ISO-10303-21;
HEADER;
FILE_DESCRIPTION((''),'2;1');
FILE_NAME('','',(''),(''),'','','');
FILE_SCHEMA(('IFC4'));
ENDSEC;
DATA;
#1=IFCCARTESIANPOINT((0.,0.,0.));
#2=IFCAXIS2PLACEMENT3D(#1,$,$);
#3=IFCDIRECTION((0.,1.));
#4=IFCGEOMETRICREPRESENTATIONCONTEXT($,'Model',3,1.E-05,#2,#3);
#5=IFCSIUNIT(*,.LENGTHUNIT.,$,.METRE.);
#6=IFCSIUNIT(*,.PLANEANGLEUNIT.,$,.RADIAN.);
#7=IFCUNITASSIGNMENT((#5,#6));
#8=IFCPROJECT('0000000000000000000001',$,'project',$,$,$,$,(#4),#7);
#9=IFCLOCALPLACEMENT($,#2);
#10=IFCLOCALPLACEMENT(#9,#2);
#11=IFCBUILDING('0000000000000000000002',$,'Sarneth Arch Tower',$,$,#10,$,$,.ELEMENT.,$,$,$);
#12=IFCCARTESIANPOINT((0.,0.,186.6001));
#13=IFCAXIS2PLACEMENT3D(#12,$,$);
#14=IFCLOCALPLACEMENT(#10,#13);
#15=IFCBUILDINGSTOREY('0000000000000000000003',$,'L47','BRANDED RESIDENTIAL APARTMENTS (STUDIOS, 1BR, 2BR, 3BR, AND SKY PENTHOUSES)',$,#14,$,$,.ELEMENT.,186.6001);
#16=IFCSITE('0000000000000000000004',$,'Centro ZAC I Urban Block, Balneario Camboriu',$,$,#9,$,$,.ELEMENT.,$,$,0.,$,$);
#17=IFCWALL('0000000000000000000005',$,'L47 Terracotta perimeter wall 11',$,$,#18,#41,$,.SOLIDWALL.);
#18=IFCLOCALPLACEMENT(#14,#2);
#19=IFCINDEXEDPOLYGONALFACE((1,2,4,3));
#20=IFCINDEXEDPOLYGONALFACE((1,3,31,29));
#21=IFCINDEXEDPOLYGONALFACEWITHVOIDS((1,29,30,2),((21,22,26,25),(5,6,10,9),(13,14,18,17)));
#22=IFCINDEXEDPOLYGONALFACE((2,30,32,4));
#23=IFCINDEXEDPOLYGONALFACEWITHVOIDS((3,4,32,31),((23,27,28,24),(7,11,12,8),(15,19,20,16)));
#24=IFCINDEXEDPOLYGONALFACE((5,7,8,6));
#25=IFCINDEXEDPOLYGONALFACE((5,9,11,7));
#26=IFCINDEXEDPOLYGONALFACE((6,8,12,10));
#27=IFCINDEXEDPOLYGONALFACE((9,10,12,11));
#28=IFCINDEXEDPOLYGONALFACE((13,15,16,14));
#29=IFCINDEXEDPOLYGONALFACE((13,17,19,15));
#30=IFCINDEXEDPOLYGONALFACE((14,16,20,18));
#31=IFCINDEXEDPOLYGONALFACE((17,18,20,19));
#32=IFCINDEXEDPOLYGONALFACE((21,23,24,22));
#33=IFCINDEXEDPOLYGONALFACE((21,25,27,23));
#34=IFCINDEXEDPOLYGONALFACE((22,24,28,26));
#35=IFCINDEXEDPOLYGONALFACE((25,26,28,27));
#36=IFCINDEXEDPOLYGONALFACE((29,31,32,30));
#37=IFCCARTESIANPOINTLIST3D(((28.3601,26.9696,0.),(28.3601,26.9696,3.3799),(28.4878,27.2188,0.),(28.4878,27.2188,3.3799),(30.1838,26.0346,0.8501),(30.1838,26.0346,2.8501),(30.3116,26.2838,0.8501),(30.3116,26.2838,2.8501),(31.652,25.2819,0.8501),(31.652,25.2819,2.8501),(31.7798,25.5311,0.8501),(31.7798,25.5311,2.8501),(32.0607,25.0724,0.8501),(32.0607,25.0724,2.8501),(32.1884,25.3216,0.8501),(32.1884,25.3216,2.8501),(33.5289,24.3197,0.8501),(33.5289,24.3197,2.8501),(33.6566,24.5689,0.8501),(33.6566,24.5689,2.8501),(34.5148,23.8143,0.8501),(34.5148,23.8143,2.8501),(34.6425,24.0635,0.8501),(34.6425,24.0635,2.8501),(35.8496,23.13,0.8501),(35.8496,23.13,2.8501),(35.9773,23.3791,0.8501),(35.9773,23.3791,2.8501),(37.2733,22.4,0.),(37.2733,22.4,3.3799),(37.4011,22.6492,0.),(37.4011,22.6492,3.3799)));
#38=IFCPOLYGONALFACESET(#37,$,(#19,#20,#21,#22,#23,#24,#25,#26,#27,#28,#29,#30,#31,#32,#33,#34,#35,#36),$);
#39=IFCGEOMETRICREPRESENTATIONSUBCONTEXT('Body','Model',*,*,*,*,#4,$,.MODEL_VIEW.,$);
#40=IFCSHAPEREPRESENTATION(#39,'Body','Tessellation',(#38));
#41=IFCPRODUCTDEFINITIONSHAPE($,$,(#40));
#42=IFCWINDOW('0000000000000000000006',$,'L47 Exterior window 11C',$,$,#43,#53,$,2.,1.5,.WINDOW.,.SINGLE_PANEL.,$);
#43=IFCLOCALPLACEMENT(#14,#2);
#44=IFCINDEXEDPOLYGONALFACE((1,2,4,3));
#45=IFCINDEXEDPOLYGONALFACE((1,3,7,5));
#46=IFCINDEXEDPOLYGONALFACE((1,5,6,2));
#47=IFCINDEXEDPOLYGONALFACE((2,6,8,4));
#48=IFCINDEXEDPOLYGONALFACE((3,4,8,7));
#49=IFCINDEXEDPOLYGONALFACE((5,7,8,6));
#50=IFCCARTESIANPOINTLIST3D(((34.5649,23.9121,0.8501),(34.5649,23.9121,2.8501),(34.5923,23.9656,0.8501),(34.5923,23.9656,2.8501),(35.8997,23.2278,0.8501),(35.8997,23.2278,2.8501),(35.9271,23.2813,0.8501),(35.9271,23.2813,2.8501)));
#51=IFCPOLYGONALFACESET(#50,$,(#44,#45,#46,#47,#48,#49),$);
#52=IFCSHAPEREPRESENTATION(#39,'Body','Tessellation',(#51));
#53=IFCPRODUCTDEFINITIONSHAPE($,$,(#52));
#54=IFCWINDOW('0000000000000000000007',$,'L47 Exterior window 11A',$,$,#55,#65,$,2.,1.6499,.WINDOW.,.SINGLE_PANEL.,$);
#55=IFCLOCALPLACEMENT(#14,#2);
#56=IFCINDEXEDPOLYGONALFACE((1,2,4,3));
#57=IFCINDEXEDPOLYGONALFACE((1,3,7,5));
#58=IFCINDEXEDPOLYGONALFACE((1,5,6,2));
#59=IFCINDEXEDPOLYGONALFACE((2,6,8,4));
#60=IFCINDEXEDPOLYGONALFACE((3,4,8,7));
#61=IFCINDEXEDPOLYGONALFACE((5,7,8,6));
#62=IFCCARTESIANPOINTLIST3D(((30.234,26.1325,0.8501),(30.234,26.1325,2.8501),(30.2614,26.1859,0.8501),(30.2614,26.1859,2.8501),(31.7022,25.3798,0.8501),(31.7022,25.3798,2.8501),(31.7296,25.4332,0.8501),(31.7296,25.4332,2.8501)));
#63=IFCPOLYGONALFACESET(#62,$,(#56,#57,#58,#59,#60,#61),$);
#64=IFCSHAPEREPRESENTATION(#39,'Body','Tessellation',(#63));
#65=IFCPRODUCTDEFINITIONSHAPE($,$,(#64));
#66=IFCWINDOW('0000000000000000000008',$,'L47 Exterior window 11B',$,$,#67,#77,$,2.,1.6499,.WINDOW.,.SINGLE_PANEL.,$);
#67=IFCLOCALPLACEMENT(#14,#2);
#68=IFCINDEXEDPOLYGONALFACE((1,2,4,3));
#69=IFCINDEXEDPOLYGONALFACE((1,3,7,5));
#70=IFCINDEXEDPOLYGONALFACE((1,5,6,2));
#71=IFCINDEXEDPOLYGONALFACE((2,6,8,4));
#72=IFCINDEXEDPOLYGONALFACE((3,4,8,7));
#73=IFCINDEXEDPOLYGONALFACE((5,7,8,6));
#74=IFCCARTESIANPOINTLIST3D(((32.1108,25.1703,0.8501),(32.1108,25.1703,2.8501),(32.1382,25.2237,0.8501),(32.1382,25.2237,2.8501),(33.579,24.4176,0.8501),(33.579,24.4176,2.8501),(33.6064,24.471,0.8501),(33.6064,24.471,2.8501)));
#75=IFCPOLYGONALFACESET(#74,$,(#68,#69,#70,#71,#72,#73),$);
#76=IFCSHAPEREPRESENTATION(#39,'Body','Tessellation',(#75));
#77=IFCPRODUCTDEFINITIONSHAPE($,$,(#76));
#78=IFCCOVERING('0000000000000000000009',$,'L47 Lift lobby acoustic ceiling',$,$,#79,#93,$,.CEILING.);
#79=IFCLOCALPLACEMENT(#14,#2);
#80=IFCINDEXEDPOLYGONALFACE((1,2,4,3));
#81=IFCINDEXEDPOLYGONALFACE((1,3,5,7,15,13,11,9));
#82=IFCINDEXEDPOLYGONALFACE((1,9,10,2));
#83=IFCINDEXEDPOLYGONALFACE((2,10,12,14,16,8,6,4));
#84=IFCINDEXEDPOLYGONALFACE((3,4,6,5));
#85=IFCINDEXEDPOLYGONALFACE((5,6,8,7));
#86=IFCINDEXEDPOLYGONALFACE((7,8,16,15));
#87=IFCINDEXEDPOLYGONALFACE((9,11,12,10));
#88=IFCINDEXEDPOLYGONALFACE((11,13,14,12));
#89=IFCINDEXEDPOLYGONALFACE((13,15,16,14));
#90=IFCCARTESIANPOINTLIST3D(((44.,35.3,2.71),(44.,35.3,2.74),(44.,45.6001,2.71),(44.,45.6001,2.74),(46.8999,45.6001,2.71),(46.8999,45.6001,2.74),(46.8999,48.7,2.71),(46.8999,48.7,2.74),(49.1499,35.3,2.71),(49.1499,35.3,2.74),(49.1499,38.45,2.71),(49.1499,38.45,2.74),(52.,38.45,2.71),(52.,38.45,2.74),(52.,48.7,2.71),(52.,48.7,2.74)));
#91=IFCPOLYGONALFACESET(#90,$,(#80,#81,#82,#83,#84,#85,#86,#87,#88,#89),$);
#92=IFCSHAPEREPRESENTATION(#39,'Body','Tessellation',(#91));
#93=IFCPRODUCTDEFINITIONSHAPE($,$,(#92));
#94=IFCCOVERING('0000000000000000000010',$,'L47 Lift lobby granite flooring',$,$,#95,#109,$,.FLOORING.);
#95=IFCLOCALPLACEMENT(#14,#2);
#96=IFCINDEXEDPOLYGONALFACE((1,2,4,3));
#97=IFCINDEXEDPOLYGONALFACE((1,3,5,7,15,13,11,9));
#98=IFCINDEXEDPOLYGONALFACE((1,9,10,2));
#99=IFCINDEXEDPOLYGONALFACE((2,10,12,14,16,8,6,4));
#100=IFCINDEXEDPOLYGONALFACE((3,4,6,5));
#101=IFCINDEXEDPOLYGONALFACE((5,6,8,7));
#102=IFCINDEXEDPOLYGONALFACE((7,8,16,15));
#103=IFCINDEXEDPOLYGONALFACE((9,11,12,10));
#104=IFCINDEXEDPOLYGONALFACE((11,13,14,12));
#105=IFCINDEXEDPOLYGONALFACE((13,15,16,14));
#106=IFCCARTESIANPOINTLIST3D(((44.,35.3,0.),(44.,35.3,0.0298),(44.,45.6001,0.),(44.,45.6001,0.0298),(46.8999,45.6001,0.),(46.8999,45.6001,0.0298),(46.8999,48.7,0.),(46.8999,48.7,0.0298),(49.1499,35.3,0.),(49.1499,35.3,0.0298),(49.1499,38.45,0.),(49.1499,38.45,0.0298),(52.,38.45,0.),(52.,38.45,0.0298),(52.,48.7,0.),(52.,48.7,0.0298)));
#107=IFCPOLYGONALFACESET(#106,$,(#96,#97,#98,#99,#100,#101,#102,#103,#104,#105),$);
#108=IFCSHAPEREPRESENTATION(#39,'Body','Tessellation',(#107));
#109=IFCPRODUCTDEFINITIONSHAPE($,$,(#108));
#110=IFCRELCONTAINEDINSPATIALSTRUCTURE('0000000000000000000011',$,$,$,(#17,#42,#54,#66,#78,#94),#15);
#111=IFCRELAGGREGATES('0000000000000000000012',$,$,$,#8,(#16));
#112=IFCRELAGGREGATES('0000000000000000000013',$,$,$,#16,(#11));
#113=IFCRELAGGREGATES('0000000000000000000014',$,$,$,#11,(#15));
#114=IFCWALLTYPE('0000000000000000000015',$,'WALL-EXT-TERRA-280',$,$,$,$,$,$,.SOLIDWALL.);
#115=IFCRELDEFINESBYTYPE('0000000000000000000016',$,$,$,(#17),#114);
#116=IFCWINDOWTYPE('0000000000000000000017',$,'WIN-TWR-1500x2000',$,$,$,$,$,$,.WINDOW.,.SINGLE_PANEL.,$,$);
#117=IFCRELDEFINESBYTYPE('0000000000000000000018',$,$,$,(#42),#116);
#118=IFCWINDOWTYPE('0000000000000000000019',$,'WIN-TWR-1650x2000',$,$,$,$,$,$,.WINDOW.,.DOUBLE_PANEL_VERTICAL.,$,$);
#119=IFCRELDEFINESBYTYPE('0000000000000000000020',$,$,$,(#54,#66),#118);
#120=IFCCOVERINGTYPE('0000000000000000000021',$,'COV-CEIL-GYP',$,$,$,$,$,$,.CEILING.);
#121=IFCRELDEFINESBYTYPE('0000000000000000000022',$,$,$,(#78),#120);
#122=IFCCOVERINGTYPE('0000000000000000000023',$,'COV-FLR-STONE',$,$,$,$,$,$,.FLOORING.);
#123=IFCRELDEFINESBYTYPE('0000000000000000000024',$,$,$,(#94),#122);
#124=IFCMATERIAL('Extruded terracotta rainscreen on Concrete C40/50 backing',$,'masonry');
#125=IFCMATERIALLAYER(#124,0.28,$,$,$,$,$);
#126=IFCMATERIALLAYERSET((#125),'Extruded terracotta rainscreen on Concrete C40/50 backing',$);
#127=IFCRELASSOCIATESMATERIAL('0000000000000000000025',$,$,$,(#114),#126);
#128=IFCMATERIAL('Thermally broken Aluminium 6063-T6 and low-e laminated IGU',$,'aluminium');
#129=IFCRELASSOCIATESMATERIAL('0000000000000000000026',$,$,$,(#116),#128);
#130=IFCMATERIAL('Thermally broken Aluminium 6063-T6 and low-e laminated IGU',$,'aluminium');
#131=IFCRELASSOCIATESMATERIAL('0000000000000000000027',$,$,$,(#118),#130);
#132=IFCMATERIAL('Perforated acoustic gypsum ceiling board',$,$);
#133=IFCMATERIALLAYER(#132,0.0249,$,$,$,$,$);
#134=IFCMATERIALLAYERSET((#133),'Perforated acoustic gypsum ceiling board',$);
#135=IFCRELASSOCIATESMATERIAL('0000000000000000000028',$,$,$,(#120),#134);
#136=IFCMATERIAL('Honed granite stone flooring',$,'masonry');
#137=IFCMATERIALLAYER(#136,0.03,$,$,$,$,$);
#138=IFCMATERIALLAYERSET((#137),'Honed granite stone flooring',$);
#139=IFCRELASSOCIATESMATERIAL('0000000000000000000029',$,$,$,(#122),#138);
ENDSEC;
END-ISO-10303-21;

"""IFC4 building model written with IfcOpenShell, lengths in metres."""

from ifc_helpers import new_model, si_unit, direction, frame, frame_2d, origin, place, context, subcontext, project, spatial, polyline, rectangle, outline, extrude, material, layer, layer_set, type_object, element, fill, save


model = new_model("IFC4")

# Units and contexts
model_context = context("Model", 3, precision=1e-05, world=origin(), true_north=direction((0.0, 1.0)))
body_context = subcontext(model_context, "Body", "Model", "MODEL_VIEW")
ifc_project = project(units=[si_unit("LENGTHUNIT", "METRE"), si_unit("PLANEANGLEUNIT", "RADIAN")], contexts=[model_context])

# Site, building, storey
site_placement = place(None, origin())
site = spatial("IfcSite", under=ifc_project, at=site_placement, Name="Centro ZAC I Urban Block, Balneario Camboriu", CompositionType="ELEMENT", RefElevation=0.0)
building_placement = place(site_placement, origin())
building = spatial("IfcBuilding", under=site, at=building_placement, Name="Sarneth Arch Tower", CompositionType="ELEMENT")
storey_placement = place(building_placement, frame((0.0, 0.0, 186.6001)))
storey = spatial("IfcBuildingStorey", under=building, at=storey_placement, Name="L47", Description="BRANDED RESIDENTIAL APARTMENTS (STUDIOS, 1BR, 2BR, 3BR, AND SKY PENTHOUSES)", CompositionType="ELEMENT", Elevation=186.6001)

# Wall, openings, windows
ifc_material_1 = material(Name="Extruded terracotta rainscreen on Concrete C40/50 backing", Category="masonry")
ifc_layer_1 = layer(ifc_material_1, 0.28)
ifc_layer_set_1 = layer_set([ifc_layer_1], Name="Extruded terracotta rainscreen on Concrete C40/50 backing")
wall_type = type_object("IfcWallType", Name="WALL-EXT-TERRA-280", PredefinedType="SOLIDWALL", material=ifc_layer_set_1)
wall_placement = place(storey_placement, frame((28.4238, 27.0942, 0.0), z_axis=(0.0, 0.0, 1.0), x_axis=(0.889873, -0.456209, 0.0)))
wall = element("IfcWall", 1, at=wall_placement, inside=storey, type_object=wall_type, Name="L47 Terracotta perimeter wall 11", PredefinedType="SOLIDWALL", context=body_context, shape_type="SweptSolid", body=[
    extrude(rectangle(XDim=10.0164, YDim=0.28, at=frame_2d((5.0083, 0.0))), origin(), (0.0, 0.0, 1.0), 3.3799),
])
opening_1_placement = place(wall_placement, frame((2.0496, 0.0, 0.8501)))
opening_1 = element("IfcOpeningElement", 2, at=opening_1_placement, cuts=wall, PredefinedType="OPENING", context=body_context, shape_type="SweptSolid", body=[
    extrude(rectangle(XDim=1.6499, YDim=2.0, at=frame_2d((0.825, 1.0))), frame((0.0, 0.1499, 0.0), z_axis=(0.0, -1.0, 0.0), x_axis=(1.0, 0.0, 0.0)), (0.0, 0.0, 1.0), 0.3),
])
opening_2_placement = place(wall_placement, frame((4.1587, 0.0, 0.8501)))
opening_2 = element("IfcOpeningElement", 3, at=opening_2_placement, cuts=wall, PredefinedType="OPENING", context=body_context, shape_type="SweptSolid", body=[
    extrude(rectangle(XDim=1.6499, YDim=2.0, at=frame_2d((0.825, 1.0))), frame((0.0, 0.1499, 0.0), z_axis=(0.0, -1.0, 0.0), x_axis=(1.0, 0.0, 0.0)), (0.0, 0.0, 1.0), 0.3),
])
opening_3_placement = place(wall_placement, frame((6.9165, 0.0, 0.8501)))
opening_3 = element("IfcOpeningElement", 4, at=opening_3_placement, cuts=wall, PredefinedType="OPENING", context=body_context, shape_type="SweptSolid", body=[
    extrude(rectangle(XDim=1.5, YDim=2.0, at=frame_2d((0.75, 1.0))), frame((0.0, 0.1499, 0.0), z_axis=(0.0, -1.0, 0.0), x_axis=(1.0, 0.0, 0.0)), (0.0, 0.0, 1.0), 0.3),
])
ifc_material_2 = material(Name="Thermally broken Aluminium 6063-T6 and low-e laminated IGU", Category="aluminium")
window_type_1 = type_object("IfcWindowType", Name="WIN-TWR-1500x2000", PartitioningType="SINGLE_PANEL", PredefinedType="WINDOW", material=ifc_material_2)
window_1_placement = place(opening_3_placement, origin())
window_1 = element("IfcWindow", 5, at=window_1_placement, inside=storey, type_object=window_type_1, Name="L47 Exterior window 11C", OverallHeight=2.0, OverallWidth=1.5, PartitioningType="SINGLE_PANEL", PredefinedType="WINDOW", context=body_context, shape_type="SweptSolid", body=[
    extrude(rectangle(XDim=1.5, YDim=2.0, at=frame_2d((0.75, 1.0))), frame((0.0, 0.03, 0.0), z_axis=(0.0, -1.0, 0.0), x_axis=(1.0, 0.0, 0.0)), (0.0, 0.0, 1.0), 0.0601),
])
fill(opening_3, window_1)
ifc_material_3 = material(Name="Thermally broken Aluminium 6063-T6 and low-e laminated IGU", Category="aluminium")
window_type_2 = type_object("IfcWindowType", Name="WIN-TWR-1650x2000", PartitioningType="DOUBLE_PANEL_VERTICAL", PredefinedType="WINDOW", material=ifc_material_3)
window_2_placement = place(opening_1_placement, origin())
window_2 = element("IfcWindow", 6, at=window_2_placement, inside=storey, type_object=window_type_2, Name="L47 Exterior window 11A", OverallHeight=2.0, OverallWidth=1.6499, PartitioningType="SINGLE_PANEL", PredefinedType="WINDOW", context=body_context, shape_type="SweptSolid", body=[
    extrude(rectangle(XDim=1.6499, YDim=2.0, at=frame_2d((0.825, 1.0))), frame((0.0, 0.03, 0.0), z_axis=(0.0, -1.0, 0.0), x_axis=(1.0, 0.0, 0.0)), (0.0, 0.0, 1.0), 0.0601),
])
fill(opening_1, window_2)
window_3_placement = place(opening_2_placement, origin())
window_3 = element("IfcWindow", 7, at=window_3_placement, inside=storey, type_object=window_type_2, Name="L47 Exterior window 11B", OverallHeight=2.0, OverallWidth=1.6499, PartitioningType="SINGLE_PANEL", PredefinedType="WINDOW", context=body_context, shape_type="SweptSolid", body=[
    extrude(rectangle(XDim=1.6499, YDim=2.0, at=frame_2d((0.825, 1.0))), frame((0.0, 0.03, 0.0), z_axis=(0.0, -1.0, 0.0), x_axis=(1.0, 0.0, 0.0)), (0.0, 0.0, 1.0), 0.0601),
])
fill(opening_2, window_3)

# Coverings
ifc_material_4 = material(Name="Perforated acoustic gypsum ceiling board")
ifc_layer_2 = layer(ifc_material_4, 0.0249)
ifc_layer_set_2 = layer_set([ifc_layer_2], Name="Perforated acoustic gypsum ceiling board")
covering_type_1 = type_object("IfcCoveringType", Name="COV-CEIL-GYP", PredefinedType="CEILING", material=ifc_layer_set_2)
covering_1_placement = place(storey_placement, frame((0.0, 0.0, 2.71)))
element("IfcCovering", 8, at=covering_1_placement, inside=storey, type_object=covering_type_1, Name="L47 Lift lobby acoustic ceiling", PredefinedType="CEILING", context=body_context, shape_type="SweptSolid", body=[
    extrude(outline(polyline([(49.1499, 38.45), (49.1499, 35.3), (44.0, 35.3), (44.0, 45.6001), (46.8999, 45.6001), (46.8999, 48.7), (52.0, 48.7), (52.0, 38.45), (49.1499, 38.45)])), origin(), (0.0, 0.0, 1.0), 0.03),
])
ifc_material_5 = material(Name="Honed granite stone flooring", Category="masonry")
ifc_layer_3 = layer(ifc_material_5, 0.03)
ifc_layer_set_3 = layer_set([ifc_layer_3], Name="Honed granite stone flooring")
covering_type_2 = type_object("IfcCoveringType", Name="COV-FLR-STONE", PredefinedType="FLOORING", material=ifc_layer_set_3)
covering_2_placement = place(storey_placement, origin())
element("IfcCovering", 9, at=covering_2_placement, inside=storey, type_object=covering_type_2, Name="L47 Lift lobby granite flooring", PredefinedType="FLOORING", context=body_context, shape_type="SweptSolid", body=[
    extrude(outline(polyline([(49.1499, 38.45), (49.1499, 35.3), (44.0, 35.3), (44.0, 45.6001), (46.8999, 45.6001), (46.8999, 48.7), (52.0, 48.7), (52.0, 38.45), (49.1499, 38.45)])), origin(), (0.0, 0.0, 1.0), 0.0298),
])

save(model, "model.ifc")
